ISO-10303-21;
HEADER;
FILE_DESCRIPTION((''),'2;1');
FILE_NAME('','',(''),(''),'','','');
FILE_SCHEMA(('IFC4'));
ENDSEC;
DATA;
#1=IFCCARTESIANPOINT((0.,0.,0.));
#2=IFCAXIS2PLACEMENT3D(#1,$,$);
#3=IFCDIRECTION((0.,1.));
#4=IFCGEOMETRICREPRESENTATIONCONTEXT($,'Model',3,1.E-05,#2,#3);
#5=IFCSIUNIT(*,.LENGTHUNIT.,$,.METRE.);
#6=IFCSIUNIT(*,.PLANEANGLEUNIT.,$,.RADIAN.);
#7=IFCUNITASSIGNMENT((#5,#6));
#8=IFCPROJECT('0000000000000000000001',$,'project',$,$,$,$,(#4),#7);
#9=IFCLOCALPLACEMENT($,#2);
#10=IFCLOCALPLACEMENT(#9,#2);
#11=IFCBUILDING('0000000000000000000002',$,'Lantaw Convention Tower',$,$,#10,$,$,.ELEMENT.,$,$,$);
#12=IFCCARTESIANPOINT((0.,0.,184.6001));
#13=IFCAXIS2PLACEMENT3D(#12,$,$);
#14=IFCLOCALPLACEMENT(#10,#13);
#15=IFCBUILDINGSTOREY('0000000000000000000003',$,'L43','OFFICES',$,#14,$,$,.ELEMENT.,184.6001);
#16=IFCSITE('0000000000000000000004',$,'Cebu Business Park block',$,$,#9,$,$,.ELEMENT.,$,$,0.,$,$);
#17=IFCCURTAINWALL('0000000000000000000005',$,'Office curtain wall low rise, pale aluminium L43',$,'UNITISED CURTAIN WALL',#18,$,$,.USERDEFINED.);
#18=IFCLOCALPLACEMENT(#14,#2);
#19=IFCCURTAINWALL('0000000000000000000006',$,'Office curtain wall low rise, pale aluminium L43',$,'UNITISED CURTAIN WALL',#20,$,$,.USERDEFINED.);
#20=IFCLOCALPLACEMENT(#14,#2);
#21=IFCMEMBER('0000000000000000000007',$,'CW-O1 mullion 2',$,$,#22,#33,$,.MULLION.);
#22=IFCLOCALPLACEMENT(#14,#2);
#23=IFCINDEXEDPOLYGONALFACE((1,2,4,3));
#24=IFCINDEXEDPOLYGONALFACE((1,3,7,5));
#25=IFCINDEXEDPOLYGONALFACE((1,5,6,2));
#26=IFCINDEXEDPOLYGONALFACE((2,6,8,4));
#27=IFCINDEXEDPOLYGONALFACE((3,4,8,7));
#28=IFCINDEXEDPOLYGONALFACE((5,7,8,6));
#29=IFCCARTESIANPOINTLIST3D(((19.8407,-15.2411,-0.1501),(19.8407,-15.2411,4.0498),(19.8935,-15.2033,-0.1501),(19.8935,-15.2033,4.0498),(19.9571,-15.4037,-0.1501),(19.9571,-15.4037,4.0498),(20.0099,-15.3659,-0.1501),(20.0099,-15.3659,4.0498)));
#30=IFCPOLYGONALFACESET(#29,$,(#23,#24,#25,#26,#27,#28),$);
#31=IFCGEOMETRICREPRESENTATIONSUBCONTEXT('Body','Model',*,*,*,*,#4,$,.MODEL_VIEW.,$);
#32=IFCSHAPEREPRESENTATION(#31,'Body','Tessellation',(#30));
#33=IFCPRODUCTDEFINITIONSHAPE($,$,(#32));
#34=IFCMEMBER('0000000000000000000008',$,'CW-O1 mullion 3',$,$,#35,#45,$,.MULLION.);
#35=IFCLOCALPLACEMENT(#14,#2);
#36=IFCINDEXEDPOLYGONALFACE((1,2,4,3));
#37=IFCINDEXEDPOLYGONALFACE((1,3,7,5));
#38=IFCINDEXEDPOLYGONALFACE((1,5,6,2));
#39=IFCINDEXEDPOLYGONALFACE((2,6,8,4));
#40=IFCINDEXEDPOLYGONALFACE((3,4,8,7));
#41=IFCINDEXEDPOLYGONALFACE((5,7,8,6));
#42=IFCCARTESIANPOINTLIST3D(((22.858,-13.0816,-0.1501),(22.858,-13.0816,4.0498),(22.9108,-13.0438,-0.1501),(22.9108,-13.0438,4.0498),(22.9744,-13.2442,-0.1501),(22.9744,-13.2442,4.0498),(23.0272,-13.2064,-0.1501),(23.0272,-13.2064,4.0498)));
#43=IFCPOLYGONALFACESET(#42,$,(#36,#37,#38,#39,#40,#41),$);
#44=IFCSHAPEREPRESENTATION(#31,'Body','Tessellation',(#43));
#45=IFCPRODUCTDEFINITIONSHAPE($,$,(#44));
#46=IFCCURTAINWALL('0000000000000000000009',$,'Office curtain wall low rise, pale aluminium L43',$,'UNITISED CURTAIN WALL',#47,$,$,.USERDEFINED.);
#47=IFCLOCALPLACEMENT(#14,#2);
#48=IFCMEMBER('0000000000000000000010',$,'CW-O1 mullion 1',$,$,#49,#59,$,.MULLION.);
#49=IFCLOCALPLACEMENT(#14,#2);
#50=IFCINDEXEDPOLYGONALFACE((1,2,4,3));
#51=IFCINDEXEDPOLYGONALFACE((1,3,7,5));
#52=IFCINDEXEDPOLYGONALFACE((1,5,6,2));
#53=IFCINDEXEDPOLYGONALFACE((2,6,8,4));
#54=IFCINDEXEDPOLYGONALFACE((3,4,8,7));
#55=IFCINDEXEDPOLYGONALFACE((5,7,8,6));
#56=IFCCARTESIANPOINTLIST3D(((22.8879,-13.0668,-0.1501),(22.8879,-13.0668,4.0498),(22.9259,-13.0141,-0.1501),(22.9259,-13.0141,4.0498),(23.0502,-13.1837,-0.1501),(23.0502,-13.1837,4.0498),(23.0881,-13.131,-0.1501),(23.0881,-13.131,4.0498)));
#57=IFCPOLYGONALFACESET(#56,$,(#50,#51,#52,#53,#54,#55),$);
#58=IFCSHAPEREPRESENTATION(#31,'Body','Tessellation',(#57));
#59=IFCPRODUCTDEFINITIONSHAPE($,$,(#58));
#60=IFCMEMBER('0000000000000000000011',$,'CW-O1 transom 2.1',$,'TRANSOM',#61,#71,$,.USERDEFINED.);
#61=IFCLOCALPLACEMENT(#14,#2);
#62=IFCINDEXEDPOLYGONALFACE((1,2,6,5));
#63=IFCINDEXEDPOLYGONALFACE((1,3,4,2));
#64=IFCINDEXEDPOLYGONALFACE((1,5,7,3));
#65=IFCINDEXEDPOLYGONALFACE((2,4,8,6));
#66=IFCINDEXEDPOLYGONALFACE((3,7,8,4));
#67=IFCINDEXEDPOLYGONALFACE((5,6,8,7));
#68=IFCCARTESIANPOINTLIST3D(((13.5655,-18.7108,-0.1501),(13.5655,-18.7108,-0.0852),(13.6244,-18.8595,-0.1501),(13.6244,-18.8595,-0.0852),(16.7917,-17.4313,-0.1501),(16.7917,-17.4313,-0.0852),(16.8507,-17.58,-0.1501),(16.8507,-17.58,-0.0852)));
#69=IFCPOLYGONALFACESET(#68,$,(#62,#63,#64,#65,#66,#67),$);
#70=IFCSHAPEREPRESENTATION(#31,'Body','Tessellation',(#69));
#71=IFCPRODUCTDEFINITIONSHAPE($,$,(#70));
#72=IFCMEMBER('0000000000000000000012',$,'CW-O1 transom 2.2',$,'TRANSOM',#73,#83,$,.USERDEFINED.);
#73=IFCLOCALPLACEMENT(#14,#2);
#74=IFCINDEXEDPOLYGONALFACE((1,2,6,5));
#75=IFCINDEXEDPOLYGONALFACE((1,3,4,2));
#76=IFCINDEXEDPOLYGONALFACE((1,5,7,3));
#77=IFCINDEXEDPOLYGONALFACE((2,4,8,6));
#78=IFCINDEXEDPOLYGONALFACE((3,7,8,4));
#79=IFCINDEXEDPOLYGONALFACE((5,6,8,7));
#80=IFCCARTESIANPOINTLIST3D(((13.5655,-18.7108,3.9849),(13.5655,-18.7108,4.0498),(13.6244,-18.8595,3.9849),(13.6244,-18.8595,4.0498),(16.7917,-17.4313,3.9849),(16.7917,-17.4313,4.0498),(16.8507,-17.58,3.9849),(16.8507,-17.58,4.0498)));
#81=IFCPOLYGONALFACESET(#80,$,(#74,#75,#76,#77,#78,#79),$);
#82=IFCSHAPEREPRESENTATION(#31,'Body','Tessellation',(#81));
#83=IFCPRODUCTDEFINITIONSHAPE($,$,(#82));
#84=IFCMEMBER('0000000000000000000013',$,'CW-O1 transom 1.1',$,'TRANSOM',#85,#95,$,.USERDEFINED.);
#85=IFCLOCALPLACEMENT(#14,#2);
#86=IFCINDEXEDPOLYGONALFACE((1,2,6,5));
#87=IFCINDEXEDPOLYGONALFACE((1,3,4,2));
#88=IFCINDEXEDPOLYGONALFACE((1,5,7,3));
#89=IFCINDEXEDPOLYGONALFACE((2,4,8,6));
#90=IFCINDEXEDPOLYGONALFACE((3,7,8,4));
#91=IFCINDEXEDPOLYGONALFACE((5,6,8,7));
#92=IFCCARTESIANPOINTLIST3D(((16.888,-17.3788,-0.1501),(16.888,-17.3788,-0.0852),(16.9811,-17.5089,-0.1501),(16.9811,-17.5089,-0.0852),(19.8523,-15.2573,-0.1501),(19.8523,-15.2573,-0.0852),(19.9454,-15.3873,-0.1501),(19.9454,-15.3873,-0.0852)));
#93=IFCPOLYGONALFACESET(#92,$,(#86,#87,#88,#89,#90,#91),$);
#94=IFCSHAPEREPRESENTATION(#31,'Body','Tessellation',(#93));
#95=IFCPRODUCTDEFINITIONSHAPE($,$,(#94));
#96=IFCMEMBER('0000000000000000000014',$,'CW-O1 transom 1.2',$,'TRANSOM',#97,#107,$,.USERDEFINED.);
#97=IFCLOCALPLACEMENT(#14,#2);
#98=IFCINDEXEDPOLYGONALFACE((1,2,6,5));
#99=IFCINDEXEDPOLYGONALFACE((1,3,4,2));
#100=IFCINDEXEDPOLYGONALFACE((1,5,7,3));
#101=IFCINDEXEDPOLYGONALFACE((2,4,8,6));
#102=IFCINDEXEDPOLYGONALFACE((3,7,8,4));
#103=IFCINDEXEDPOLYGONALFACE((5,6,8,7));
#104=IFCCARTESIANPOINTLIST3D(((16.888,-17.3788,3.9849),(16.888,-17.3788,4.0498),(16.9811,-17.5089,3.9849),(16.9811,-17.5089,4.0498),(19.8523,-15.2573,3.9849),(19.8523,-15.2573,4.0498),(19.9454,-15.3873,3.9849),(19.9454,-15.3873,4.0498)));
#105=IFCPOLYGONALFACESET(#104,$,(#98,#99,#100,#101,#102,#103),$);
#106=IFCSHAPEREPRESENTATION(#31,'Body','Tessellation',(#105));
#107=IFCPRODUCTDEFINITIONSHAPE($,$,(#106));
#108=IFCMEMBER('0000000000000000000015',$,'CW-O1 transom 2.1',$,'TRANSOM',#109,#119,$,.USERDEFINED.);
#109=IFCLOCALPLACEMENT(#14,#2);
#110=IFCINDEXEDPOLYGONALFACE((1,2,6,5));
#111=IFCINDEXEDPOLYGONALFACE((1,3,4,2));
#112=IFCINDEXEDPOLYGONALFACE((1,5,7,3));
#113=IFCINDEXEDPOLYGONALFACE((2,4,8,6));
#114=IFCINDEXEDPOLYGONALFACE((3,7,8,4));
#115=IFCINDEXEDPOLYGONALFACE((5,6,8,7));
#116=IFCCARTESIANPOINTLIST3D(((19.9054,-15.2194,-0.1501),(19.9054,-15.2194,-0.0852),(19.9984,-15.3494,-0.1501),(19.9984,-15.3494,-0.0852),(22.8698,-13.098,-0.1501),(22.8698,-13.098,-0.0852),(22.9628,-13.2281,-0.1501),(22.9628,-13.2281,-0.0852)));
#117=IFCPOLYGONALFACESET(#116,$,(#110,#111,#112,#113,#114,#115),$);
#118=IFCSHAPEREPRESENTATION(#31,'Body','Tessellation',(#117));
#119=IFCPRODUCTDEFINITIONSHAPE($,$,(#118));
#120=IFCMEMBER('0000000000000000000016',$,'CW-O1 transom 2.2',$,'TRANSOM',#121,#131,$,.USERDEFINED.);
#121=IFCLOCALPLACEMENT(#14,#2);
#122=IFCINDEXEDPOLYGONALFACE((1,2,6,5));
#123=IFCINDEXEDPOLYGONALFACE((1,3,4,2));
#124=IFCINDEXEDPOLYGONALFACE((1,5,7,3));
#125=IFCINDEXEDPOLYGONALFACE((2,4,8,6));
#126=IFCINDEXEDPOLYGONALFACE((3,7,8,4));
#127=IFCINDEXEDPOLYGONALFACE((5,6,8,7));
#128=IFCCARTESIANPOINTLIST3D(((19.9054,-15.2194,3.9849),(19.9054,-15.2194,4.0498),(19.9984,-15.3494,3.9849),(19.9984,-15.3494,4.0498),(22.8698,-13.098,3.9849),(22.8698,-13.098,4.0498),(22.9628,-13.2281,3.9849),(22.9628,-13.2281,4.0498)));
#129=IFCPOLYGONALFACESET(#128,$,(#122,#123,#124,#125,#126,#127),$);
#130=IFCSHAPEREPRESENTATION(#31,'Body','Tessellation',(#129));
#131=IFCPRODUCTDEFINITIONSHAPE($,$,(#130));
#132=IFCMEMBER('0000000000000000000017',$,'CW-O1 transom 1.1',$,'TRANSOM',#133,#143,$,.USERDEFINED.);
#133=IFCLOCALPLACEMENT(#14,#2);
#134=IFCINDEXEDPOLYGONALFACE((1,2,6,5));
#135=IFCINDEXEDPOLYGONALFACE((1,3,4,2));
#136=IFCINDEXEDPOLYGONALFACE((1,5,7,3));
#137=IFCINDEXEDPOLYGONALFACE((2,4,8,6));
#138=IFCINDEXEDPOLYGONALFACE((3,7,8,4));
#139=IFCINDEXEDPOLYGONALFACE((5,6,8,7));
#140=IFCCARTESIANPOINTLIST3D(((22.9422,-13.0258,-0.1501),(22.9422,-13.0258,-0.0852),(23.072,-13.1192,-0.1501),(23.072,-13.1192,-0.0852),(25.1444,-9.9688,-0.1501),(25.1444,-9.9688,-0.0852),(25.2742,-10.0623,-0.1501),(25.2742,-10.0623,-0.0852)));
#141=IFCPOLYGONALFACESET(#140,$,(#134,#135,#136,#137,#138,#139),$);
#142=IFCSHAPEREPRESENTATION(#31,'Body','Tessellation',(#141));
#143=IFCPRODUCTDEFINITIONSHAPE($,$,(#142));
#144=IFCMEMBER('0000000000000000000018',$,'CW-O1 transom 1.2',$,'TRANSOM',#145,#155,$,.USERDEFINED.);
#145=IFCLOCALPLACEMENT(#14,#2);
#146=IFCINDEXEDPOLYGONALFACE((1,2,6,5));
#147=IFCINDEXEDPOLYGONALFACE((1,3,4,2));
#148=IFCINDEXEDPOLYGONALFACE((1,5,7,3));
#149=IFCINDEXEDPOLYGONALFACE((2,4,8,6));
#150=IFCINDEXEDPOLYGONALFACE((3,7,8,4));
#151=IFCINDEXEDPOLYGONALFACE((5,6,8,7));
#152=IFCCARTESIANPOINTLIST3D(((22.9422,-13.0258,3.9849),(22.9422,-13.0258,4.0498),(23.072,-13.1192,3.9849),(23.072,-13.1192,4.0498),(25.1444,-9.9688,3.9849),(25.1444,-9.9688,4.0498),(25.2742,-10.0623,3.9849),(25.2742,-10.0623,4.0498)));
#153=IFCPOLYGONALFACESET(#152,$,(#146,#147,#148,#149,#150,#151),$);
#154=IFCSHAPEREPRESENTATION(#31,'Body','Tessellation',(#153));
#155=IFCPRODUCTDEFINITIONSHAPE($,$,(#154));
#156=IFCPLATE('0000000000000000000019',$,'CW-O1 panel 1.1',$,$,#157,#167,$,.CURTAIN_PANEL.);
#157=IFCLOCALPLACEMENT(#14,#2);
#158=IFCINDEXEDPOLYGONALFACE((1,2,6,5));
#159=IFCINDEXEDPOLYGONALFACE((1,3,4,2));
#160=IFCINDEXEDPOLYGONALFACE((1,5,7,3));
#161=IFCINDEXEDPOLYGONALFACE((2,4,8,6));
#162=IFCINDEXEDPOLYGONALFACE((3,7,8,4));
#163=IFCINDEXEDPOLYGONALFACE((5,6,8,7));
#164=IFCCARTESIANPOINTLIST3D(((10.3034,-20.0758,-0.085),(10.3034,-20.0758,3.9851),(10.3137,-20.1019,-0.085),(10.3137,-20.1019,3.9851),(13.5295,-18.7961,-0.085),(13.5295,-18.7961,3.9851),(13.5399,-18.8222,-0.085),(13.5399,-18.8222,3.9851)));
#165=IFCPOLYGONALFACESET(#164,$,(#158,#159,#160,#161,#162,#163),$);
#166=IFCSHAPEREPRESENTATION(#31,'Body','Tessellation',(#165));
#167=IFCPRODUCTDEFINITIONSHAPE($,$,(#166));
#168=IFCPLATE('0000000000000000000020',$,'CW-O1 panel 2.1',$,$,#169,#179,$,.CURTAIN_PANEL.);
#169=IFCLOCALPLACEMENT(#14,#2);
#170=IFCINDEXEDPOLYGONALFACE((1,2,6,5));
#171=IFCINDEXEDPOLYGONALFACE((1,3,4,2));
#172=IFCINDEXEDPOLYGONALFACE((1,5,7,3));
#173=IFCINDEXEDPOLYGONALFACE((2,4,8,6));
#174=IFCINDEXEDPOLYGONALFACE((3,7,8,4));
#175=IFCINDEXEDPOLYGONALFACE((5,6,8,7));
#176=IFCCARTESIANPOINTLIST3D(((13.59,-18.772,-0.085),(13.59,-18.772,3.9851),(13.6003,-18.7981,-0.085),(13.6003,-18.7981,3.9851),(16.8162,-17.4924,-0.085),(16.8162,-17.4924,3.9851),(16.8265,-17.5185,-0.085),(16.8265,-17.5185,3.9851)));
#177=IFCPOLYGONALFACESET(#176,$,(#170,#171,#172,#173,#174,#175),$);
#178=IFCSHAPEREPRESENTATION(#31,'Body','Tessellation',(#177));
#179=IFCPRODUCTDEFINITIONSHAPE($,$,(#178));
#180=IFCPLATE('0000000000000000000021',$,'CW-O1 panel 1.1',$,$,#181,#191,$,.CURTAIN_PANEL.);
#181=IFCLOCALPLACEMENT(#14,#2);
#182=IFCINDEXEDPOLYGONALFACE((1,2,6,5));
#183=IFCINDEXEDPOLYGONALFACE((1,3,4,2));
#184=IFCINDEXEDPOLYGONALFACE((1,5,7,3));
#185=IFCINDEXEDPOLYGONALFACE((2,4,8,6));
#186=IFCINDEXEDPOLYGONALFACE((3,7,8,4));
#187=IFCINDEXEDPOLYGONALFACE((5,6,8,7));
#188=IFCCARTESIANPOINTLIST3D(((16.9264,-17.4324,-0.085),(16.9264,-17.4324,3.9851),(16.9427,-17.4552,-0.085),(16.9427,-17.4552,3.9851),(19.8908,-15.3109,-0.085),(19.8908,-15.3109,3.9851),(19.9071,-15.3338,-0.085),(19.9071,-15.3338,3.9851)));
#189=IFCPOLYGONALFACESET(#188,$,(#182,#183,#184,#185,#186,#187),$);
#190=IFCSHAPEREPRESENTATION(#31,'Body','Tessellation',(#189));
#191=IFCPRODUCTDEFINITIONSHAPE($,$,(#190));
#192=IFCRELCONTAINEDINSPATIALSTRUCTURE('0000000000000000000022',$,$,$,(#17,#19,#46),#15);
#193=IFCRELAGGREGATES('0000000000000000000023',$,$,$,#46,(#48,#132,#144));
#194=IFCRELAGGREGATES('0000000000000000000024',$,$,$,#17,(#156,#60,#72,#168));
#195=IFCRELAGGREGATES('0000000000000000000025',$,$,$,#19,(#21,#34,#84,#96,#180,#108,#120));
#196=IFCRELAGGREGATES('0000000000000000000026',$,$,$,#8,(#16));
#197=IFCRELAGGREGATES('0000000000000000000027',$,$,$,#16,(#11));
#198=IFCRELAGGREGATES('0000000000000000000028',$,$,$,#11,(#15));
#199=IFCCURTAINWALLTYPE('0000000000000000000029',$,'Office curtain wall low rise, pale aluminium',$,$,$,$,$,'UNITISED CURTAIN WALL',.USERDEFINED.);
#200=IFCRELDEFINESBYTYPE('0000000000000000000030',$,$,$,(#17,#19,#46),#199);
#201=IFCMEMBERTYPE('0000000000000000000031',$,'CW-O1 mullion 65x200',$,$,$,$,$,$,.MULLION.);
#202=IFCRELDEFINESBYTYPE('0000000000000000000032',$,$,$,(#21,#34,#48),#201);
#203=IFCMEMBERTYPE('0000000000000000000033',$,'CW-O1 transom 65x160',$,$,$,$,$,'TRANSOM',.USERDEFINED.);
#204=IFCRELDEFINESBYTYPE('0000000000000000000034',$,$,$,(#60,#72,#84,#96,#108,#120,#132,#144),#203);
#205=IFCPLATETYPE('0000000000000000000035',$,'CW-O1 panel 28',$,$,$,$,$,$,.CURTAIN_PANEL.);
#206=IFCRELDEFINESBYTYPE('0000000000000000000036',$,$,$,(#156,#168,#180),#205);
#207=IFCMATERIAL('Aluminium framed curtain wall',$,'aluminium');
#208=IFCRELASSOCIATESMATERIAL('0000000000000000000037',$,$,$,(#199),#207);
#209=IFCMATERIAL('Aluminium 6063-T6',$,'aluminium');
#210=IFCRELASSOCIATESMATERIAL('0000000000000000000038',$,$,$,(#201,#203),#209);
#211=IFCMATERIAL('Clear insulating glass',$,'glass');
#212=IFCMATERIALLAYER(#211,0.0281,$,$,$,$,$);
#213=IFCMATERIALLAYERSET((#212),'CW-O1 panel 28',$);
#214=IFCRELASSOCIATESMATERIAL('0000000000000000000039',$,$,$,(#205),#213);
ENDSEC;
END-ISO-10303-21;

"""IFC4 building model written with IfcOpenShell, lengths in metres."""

from ifc_helpers import new_model, si_unit, direction, frame, origin, origin_2d, place, context, subcontext, project, spatial, rectangle, extrude, material, layer, layer_set, material_profile, profile_set, type_object, element, aggregate, save


model = new_model("IFC4")

# Units and contexts
model_context = context("Model", 3, precision=1e-05, world=origin(), true_north=direction((0.0, 1.0)))
body_context = subcontext(model_context, "Body", "Model", "MODEL_VIEW")
ifc_project = project(units=[si_unit("LENGTHUNIT", "METRE"), si_unit("PLANEANGLEUNIT", "RADIAN")], contexts=[model_context])

# Site, building, storey
site_placement = place(None, origin())
site = spatial("IfcSite", under=ifc_project, at=site_placement, Name="Cebu Business Park block", CompositionType="ELEMENT", RefElevation=0.0)
building_placement = place(site_placement, origin())
building = spatial("IfcBuilding", under=site, at=building_placement, Name="Lantaw Convention Tower", CompositionType="ELEMENT")
storey_placement = place(building_placement, frame((0.0, 0.0, 184.6001)))
storey = spatial("IfcBuildingStorey", under=building, at=storey_placement, Name="L43", Description="OFFICES", CompositionType="ELEMENT", Elevation=184.6001)

# Curtain walls, members
ifc_material_1 = material(Name="Aluminium framed curtain wall", Category="aluminium")
curtain_wall_type = type_object("IfcCurtainWallType", Name="Office curtain wall low rise, pale aluminium", ElementType="UNITISED CURTAIN WALL", PredefinedType="USERDEFINED", material=ifc_material_1)
curtain_wall_1_placement = place(storey_placement, origin())
curtain_wall_1 = element("IfcCurtainWall", 1, at=curtain_wall_1_placement, inside=storey, type_object=curtain_wall_type, Name="Office curtain wall low rise, pale aluminium L43", ObjectType="UNITISED CURTAIN WALL", PredefinedType="USERDEFINED")
ifc_material_2 = material(Name="Aluminium 6063-T6", Category="aluminium")
ifc_material_profile_1 = material_profile(ifc_material_2, rectangle(XDim=0.2, YDim=0.0649, at=origin_2d()), Name="CW-O1 mullion 65x200")
ifc_profile_set_1 = profile_set([ifc_material_profile_1], Name="Aluminium 6063-T6")
member_type_1 = type_object("IfcMemberType", Name="CW-O1 mullion 65x200", PredefinedType="MULLION", material=ifc_profile_set_1)
curtain_wall_2_placement = place(storey_placement, origin())
curtain_wall_2 = element("IfcCurtainWall", 2, at=curtain_wall_2_placement, inside=storey, type_object=curtain_wall_type, Name="Office curtain wall low rise, pale aluminium L43", ObjectType="UNITISED CURTAIN WALL", PredefinedType="USERDEFINED")
member_1_placement = place(storey_placement, frame((19.9253, -15.3035, -0.1501), z_axis=(0.0, 0.0, 1.0), x_axis=(-0.581973, 0.813208, 0.0)))
member_1 = element("IfcMember", 3, at=member_1_placement, type_object=member_type_1, Name="CW-O1 mullion 2", PredefinedType="MULLION", context=body_context, shape_type="SweptSolid", body=[
    extrude(rectangle(XDim=0.2, YDim=0.0649, at=origin_2d()), origin(), (0.0, 0.0, 1.0), 4.2),
])
member_2_placement = place(storey_placement, frame((22.9426, -13.144, -0.1501), z_axis=(0.0, 0.0, 1.0), x_axis=(-0.581973, 0.813208, 0.0)))
member_2 = element("IfcMember", 4, at=member_2_placement, type_object=member_type_1, Name="CW-O1 mullion 3", PredefinedType="MULLION", context=body_context, shape_type="SweptSolid", body=[
    extrude(rectangle(XDim=0.2, YDim=0.0649, at=origin_2d()), origin(), (0.0, 0.0, 1.0), 4.2),
])

# Curtain wall, member
curtain_wall_3_placement = place(storey_placement, origin())
curtain_wall_3 = element("IfcCurtainWall", 5, at=curtain_wall_3_placement, inside=storey, type_object=curtain_wall_type, Name="Office curtain wall low rise, pale aluminium L43", ObjectType="UNITISED CURTAIN WALL", PredefinedType="USERDEFINED")
member_3_placement = place(storey_placement, frame((22.988, -13.0989, -0.1501), z_axis=(0.0, 0.0, 1.0), x_axis=(-0.811385, 0.584513, 0.0)))
member_3 = element("IfcMember", 6, at=member_3_placement, type_object=member_type_1, Name="CW-O1 mullion 1", PredefinedType="MULLION", context=body_context, shape_type="SweptSolid", body=[
    extrude(rectangle(XDim=0.2, YDim=0.0649, at=origin_2d()), origin(), (0.0, 0.0, 1.0), 4.2),
])

# Members
ifc_material_profile_2 = material_profile(ifc_material_2, rectangle(XDim=0.1599, YDim=0.0649, at=origin_2d()), Name="CW-O1 transom 65x160")
ifc_profile_set_2 = profile_set([ifc_material_profile_2], Name="Aluminium 6063-T6")
member_type_2 = type_object("IfcMemberType", Name="CW-O1 transom 65x160", ElementType="TRANSOM", PredefinedType="USERDEFINED", material=ifc_profile_set_2)
member_4_placement = place(storey_placement, frame((13.595, -18.7852, -0.1177), z_axis=(0.929564, 0.36866, 0.0), x_axis=(-0.36866, 0.929564, 0.0)))
member_4 = element("IfcMember", 7, at=member_4_placement, type_object=member_type_2, Name="CW-O1 transom 2.1", ObjectType="TRANSOM", PredefinedType="USERDEFINED", context=body_context, shape_type="SweptSolid", body=[
    extrude(rectangle(XDim=0.1599, YDim=0.0649, at=origin_2d()), origin(), (0.0, 0.0, 1.0), 3.4707),
])
member_5_placement = place(storey_placement, frame((13.595, -18.7852, 4.0173), z_axis=(0.929564, 0.36866, 0.0), x_axis=(-0.36866, 0.929564, 0.0)))
member_5 = element("IfcMember", 8, at=member_5_placement, type_object=member_type_2, Name="CW-O1 transom 2.2", ObjectType="TRANSOM", PredefinedType="USERDEFINED", context=body_context, shape_type="SweptSolid", body=[
    extrude(rectangle(XDim=0.1599, YDim=0.0649, at=origin_2d()), origin(), (0.0, 0.0, 1.0), 3.4707),
])
member_6_placement = place(storey_placement, frame((16.9346, -17.4438, -0.1177), z_axis=(0.81319, 0.581998, 0.0), x_axis=(-0.581998, 0.81319, 0.0)))
member_6 = element("IfcMember", 9, at=member_6_placement, type_object=member_type_2, Name="CW-O1 transom 1.1", ObjectType="TRANSOM", PredefinedType="USERDEFINED", context=body_context, shape_type="SweptSolid", body=[
    extrude(rectangle(XDim=0.1599, YDim=0.0649, at=origin_2d()), origin(), (0.0, 0.0, 1.0), 3.6453),
])
member_7_placement = place(storey_placement, frame((16.9346, -17.4438, 4.0173), z_axis=(0.81319, 0.581998, 0.0), x_axis=(-0.581998, 0.81319, 0.0)))
member_7 = element("IfcMember", 10, at=member_7_placement, type_object=member_type_2, Name="CW-O1 transom 1.2", ObjectType="TRANSOM", PredefinedType="USERDEFINED", context=body_context, shape_type="SweptSolid", body=[
    extrude(rectangle(XDim=0.1599, YDim=0.0649, at=origin_2d()), origin(), (0.0, 0.0, 1.0), 3.6453),
])
member_8_placement = place(storey_placement, frame((19.9519, -15.2844, -0.1177), z_axis=(0.813222, 0.581954, 0.0), x_axis=(-0.581954, 0.813222, 0.0)))
member_8 = element("IfcMember", 11, at=member_8_placement, type_object=member_type_2, Name="CW-O1 transom 2.1", ObjectType="TRANSOM", PredefinedType="USERDEFINED", context=body_context, shape_type="SweptSolid", body=[
    extrude(rectangle(XDim=0.1599, YDim=0.0649, at=origin_2d()), origin(), (0.0, 0.0, 1.0), 3.6453),
])
member_9_placement = place(storey_placement, frame((19.9519, -15.2844, 4.0173), z_axis=(0.813222, 0.581954, 0.0), x_axis=(-0.581954, 0.813222, 0.0)))
member_9 = element("IfcMember", 12, at=member_9_placement, type_object=member_type_2, Name="CW-O1 transom 2.2", ObjectType="TRANSOM", PredefinedType="USERDEFINED", context=body_context, shape_type="SweptSolid", body=[
    extrude(rectangle(XDim=0.1599, YDim=0.0649, at=origin_2d()), origin(), (0.0, 0.0, 1.0), 3.6453),
])
member_10_placement = place(storey_placement, frame((23.0071, -13.0725, -0.1177), z_axis=(0.584513, 0.811384, 0.0), x_axis=(-0.811384, 0.584513, 0.0)))
member_10 = element("IfcMember", 13, at=member_10_placement, type_object=member_type_2, Name="CW-O1 transom 1.1", ObjectType="TRANSOM", PredefinedType="USERDEFINED", context=body_context, shape_type="SweptSolid", body=[
    extrude(rectangle(XDim=0.1599, YDim=0.0649, at=origin_2d()), origin(), (0.0, 0.0, 1.0), 3.7676),
])
member_11_placement = place(storey_placement, frame((23.0071, -13.0725, 4.0173), z_axis=(0.584513, 0.811384, 0.0), x_axis=(-0.811384, 0.584513, 0.0)))
member_11 = element("IfcMember", 14, at=member_11_placement, type_object=member_type_2, Name="CW-O1 transom 1.2", ObjectType="TRANSOM", PredefinedType="USERDEFINED", context=body_context, shape_type="SweptSolid", body=[
    extrude(rectangle(XDim=0.1599, YDim=0.0649, at=origin_2d()), origin(), (0.0, 0.0, 1.0), 3.7676),
])
aggregate(curtain_wall_3, [member_3, member_10, member_11])

# Plates
ifc_material_3 = material(Name="Clear insulating glass", Category="glass")
ifc_layer_1 = layer(ifc_material_3, 0.0281)
ifc_layer_set_1 = layer_set([ifc_layer_1], Name="CW-O1 panel 28")
plate_type_1 = type_object("IfcPlateType", Name="CW-O1 panel 28", PredefinedType="CURTAIN_PANEL", material=ifc_layer_set_1)
plate_1_placement = place(storey_placement, frame((11.9216, -19.449, -0.085), z_axis=(0.0, 0.0, 1.0), x_axis=(0.929548, 0.368702, 0.0)))
plate_1 = element("IfcPlate", 15, at=plate_1_placement, type_object=plate_type_1, Name="CW-O1 panel 1.1", PredefinedType="CURTAIN_PANEL", context=body_context, shape_type="SweptSolid", body=[
    extrude(rectangle(XDim=3.4707, YDim=0.0281, at=origin_2d()), origin(), (0.0, 0.0, 1.0), 4.0701),
])
plate_2_placement = place(storey_placement, frame((15.2083, -18.1453, -0.085), z_axis=(0.0, 0.0, 1.0), x_axis=(0.929548, 0.368702, 0.0)))
plate_2 = element("IfcPlate", 16, at=plate_2_placement, type_object=plate_type_1, Name="CW-O1 panel 2.1", PredefinedType="CURTAIN_PANEL", context=body_context, shape_type="SweptSolid", body=[
    extrude(rectangle(XDim=3.4707, YDim=0.0281, at=origin_2d()), origin(), (0.0, 0.0, 1.0), 4.0701),
])
aggregate(curtain_wall_1, [plate_1, member_4, member_5, plate_2])
plate_3_placement = place(storey_placement, frame((18.4167, -16.3831, -0.085), z_axis=(0.0, 0.0, 1.0), x_axis=(0.813208, 0.581973, 0.0)))
plate_3 = element("IfcPlate", 17, at=plate_3_placement, type_object=plate_type_1, Name="CW-O1 panel 1.1", PredefinedType="CURTAIN_PANEL", context=body_context, shape_type="SweptSolid", body=[
    extrude(rectangle(XDim=3.6453, YDim=0.0281, at=origin_2d()), origin(), (0.0, 0.0, 1.0), 4.0701),
])
aggregate(curtain_wall_2, [member_1, member_2, member_6, member_7, plate_3, member_8, member_9])

save(model, "model.ifc")
